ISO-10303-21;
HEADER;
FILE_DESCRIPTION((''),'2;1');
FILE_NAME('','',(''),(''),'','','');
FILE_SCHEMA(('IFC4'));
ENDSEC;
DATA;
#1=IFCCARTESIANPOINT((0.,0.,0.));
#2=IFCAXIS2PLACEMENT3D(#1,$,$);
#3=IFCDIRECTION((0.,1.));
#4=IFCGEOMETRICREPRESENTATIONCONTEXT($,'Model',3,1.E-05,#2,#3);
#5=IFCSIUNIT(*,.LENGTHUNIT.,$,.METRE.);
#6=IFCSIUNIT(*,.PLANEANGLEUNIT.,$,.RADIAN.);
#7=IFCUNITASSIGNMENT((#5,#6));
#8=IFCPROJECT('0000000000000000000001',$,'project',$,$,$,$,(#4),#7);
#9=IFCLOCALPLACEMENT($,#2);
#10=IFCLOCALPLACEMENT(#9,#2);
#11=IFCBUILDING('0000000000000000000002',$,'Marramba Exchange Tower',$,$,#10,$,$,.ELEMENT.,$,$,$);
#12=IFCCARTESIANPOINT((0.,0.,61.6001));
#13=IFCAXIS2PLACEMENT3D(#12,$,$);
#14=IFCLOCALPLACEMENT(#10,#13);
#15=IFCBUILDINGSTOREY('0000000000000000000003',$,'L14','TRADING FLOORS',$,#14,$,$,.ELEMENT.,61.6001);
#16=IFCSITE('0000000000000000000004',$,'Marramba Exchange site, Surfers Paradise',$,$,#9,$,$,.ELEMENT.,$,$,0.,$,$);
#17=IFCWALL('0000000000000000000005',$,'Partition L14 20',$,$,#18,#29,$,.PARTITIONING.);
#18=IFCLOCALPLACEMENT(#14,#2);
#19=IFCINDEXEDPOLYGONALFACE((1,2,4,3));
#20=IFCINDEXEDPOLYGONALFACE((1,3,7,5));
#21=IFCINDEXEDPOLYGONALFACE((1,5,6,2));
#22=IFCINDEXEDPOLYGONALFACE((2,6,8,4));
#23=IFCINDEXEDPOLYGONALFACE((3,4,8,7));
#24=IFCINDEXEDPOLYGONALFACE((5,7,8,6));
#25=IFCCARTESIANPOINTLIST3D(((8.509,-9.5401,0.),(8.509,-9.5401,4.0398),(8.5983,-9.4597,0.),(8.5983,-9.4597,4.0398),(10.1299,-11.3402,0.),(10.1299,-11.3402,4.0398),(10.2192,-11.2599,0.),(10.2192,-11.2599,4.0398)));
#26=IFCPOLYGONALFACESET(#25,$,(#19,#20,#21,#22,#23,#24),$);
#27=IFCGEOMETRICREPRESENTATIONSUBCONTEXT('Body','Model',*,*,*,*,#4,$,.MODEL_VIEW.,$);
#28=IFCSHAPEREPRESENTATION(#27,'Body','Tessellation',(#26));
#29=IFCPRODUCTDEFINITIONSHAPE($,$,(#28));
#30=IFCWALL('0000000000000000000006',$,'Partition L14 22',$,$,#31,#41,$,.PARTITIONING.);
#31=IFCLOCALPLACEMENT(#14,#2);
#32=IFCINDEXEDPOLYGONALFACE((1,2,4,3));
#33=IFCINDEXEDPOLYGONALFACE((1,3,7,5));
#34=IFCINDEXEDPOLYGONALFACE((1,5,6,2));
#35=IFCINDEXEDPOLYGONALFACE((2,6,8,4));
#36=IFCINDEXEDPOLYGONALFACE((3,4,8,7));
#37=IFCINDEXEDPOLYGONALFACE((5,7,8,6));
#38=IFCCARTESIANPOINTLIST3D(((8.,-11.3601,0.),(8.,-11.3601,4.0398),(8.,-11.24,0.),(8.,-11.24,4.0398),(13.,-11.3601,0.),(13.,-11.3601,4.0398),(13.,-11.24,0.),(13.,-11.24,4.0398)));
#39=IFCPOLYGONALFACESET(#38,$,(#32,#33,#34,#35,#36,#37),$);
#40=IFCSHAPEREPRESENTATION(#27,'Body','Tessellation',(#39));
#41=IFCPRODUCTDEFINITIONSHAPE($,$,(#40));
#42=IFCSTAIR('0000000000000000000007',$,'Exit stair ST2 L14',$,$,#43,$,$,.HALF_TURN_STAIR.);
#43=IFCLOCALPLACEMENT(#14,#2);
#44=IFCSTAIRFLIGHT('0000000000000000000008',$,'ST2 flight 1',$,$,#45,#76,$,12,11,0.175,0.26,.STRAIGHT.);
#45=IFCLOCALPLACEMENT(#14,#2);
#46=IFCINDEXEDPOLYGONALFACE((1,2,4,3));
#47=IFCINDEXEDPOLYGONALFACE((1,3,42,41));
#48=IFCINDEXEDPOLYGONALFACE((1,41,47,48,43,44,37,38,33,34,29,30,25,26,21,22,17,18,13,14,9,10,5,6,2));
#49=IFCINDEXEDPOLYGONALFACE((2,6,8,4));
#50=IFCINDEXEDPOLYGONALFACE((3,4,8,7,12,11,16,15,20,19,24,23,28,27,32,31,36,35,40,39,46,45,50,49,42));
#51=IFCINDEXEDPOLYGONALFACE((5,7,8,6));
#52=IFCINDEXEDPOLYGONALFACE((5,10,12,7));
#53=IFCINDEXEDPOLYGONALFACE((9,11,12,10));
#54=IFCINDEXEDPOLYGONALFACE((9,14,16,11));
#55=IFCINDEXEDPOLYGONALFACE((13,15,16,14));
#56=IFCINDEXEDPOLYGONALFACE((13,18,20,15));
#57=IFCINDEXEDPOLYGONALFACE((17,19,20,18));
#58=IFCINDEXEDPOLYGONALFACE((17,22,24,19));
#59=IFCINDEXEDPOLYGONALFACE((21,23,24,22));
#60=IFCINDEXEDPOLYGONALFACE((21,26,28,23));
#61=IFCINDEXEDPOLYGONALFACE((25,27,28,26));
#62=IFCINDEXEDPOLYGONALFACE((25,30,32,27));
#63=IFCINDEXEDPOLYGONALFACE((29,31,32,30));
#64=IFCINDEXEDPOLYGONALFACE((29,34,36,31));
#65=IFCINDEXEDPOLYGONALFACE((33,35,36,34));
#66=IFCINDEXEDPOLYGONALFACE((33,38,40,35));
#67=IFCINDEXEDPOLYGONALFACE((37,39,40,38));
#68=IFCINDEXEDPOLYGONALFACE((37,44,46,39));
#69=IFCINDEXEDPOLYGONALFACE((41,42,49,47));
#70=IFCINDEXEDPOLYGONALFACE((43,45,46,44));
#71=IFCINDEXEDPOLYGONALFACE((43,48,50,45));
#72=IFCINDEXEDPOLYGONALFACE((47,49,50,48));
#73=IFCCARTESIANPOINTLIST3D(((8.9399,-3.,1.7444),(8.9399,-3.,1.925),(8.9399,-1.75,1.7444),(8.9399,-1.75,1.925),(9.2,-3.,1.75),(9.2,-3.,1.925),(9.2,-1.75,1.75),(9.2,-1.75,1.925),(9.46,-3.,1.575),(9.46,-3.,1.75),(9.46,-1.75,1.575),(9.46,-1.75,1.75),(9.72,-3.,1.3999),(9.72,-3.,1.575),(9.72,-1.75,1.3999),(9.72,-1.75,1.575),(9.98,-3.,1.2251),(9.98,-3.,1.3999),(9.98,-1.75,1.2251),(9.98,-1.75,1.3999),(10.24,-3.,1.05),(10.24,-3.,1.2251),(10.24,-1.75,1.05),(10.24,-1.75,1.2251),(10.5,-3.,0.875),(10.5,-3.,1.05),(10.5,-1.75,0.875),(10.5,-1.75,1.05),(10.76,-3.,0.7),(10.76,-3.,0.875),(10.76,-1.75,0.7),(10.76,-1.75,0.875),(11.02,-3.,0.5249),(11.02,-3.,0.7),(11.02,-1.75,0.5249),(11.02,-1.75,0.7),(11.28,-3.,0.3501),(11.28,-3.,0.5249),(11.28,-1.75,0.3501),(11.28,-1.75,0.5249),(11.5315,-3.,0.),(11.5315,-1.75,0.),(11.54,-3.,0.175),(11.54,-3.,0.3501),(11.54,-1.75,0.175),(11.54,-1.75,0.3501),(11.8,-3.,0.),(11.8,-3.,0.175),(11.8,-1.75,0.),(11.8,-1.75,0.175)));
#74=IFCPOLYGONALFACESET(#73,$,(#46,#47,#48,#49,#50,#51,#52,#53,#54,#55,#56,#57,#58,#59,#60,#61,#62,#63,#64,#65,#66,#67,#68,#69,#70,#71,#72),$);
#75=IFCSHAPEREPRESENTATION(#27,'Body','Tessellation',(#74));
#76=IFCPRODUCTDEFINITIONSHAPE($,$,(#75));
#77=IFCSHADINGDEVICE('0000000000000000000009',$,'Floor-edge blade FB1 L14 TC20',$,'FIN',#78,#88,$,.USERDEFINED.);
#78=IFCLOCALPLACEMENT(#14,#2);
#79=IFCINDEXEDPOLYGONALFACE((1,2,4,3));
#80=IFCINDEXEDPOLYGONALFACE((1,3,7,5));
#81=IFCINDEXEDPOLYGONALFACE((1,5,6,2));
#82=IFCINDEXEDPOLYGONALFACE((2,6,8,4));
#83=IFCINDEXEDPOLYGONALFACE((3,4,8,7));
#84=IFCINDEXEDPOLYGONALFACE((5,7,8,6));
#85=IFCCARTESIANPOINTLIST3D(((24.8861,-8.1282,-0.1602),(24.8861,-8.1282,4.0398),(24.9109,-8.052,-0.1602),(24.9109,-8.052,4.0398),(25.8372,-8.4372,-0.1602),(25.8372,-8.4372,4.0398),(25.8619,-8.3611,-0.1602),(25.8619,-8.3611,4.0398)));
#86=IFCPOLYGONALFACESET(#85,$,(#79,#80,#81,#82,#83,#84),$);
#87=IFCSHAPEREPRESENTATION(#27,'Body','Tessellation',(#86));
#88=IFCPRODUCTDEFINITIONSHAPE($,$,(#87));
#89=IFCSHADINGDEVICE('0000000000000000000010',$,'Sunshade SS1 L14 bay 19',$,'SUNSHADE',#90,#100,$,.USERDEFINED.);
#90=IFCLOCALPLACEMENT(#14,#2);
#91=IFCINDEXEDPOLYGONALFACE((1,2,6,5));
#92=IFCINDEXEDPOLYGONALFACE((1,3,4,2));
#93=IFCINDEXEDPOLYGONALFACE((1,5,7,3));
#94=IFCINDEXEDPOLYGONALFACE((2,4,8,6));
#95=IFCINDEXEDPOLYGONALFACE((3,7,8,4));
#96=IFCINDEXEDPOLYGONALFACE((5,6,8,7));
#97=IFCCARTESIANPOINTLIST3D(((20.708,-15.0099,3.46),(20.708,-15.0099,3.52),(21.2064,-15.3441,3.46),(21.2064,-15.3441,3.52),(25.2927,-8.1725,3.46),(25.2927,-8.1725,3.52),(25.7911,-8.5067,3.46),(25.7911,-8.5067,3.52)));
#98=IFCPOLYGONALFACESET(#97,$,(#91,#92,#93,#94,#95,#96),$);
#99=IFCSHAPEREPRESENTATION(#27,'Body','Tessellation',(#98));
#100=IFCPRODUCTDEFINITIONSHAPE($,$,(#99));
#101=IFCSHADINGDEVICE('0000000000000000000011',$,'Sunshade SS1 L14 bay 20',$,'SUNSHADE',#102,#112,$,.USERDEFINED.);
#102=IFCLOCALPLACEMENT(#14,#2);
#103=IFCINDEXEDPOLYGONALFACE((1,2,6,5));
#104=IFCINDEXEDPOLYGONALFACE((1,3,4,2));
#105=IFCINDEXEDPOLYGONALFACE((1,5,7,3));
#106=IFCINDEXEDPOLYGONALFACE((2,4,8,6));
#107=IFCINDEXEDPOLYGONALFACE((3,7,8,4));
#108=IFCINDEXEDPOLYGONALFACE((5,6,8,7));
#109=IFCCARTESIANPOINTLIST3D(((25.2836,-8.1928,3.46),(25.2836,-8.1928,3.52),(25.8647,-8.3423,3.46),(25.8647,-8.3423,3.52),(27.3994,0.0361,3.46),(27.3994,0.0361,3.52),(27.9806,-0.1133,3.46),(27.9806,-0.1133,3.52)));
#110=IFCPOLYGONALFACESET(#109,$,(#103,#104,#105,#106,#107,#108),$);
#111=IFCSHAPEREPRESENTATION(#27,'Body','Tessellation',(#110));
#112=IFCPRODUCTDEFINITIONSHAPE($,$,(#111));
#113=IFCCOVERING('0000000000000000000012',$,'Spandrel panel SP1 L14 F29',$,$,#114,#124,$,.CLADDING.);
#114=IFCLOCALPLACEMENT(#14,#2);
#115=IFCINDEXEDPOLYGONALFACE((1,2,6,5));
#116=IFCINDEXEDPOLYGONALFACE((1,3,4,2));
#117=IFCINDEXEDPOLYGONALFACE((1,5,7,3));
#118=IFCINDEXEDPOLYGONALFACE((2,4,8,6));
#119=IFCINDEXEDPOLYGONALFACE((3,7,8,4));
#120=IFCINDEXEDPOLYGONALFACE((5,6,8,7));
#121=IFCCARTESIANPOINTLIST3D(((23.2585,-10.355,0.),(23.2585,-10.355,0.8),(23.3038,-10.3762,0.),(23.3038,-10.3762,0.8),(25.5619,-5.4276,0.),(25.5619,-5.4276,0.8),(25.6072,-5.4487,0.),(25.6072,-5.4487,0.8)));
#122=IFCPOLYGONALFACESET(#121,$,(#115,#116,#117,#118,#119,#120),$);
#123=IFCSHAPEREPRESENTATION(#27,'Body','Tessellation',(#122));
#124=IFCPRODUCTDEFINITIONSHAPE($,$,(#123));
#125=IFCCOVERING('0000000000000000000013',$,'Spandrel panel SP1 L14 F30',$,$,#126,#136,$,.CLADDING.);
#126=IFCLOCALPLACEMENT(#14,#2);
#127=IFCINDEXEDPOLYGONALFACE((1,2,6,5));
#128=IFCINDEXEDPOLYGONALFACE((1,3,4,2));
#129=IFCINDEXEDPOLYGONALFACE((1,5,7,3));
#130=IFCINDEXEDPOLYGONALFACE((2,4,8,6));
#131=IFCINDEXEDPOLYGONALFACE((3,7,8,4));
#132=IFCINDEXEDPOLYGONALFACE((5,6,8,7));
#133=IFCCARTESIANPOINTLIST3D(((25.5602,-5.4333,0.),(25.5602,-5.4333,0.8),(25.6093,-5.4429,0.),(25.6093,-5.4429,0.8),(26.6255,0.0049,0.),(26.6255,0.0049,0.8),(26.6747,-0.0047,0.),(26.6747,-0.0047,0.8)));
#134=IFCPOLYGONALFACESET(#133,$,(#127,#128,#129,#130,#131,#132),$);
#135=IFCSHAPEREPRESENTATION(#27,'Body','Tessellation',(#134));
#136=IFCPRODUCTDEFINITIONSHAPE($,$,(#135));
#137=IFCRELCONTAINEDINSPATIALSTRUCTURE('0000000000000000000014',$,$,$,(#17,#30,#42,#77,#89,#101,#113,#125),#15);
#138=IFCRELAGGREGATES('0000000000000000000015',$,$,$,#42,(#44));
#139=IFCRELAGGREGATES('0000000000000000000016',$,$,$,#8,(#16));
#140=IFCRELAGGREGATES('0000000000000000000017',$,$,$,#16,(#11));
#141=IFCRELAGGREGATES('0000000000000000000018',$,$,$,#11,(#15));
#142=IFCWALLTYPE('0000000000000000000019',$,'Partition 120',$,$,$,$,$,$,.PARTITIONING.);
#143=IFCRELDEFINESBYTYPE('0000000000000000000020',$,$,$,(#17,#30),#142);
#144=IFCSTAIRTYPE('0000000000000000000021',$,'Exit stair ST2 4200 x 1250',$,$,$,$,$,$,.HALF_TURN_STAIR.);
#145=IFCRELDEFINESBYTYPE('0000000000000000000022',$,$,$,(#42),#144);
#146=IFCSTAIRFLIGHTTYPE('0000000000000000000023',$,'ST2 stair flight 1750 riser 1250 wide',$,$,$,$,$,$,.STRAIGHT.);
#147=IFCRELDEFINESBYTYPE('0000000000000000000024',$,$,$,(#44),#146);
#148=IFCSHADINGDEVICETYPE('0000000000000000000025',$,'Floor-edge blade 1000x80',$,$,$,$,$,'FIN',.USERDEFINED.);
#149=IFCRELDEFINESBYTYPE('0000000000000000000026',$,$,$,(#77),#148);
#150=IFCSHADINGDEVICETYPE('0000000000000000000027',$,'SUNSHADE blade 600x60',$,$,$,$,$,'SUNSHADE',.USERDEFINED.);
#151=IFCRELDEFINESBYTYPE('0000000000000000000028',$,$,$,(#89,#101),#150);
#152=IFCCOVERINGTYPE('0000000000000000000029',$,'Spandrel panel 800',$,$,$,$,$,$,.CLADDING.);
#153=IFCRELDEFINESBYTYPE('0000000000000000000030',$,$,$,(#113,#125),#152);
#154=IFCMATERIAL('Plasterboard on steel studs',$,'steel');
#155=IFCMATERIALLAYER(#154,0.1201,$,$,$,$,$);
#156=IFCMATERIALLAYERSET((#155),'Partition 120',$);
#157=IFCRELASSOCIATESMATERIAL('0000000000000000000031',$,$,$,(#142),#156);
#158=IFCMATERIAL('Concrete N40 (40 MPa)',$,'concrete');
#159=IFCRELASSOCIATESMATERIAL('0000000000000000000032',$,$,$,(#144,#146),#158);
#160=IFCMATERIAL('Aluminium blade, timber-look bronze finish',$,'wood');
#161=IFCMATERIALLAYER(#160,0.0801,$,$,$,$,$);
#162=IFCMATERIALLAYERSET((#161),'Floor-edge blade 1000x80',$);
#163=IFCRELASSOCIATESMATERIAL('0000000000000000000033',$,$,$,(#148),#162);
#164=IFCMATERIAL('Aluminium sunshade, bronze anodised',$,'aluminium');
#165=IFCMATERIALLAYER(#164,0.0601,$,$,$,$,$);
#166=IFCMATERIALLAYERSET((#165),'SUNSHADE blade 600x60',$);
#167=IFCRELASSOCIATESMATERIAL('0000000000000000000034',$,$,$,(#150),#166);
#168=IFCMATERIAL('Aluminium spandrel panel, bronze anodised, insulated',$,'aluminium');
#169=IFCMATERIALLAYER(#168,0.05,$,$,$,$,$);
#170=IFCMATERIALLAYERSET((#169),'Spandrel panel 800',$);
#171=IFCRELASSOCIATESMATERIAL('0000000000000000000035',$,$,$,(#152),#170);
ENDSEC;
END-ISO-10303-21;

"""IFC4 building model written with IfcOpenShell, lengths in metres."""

from ifc_helpers import new_model, si_unit, direction, frame, frame_2d, origin, origin_2d, place, context, subcontext, project, spatial, polyline, rectangle, outline, extrude, material, layer, layer_set, type_object, element, aggregate, save


model = new_model("IFC4")

# Units and contexts
model_context = context("Model", 3, precision=1e-05, world=origin(), true_north=direction((0.0, 1.0)))
body_context = subcontext(model_context, "Body", "Model", "MODEL_VIEW")
ifc_project = project(units=[si_unit("LENGTHUNIT", "METRE"), si_unit("PLANEANGLEUNIT", "RADIAN")], contexts=[model_context])

# Site, building, storey
site_placement = place(None, origin())
site = spatial("IfcSite", under=ifc_project, at=site_placement, Name="Marramba Exchange site, Surfers Paradise", CompositionType="ELEMENT", RefElevation=0.0)
building_placement = place(site_placement, origin())
building = spatial("IfcBuilding", under=site, at=building_placement, Name="Marramba Exchange Tower", CompositionType="ELEMENT")
storey_placement = place(building_placement, frame((0.0, 0.0, 61.6001)))
storey = spatial("IfcBuildingStorey", under=building, at=storey_placement, Name="L14", Description="TRADING FLOORS", CompositionType="ELEMENT", Elevation=61.6001)

# Walls
ifc_material_1 = material(Name="Plasterboard on steel studs", Category="steel")
ifc_layer_1 = layer(ifc_material_1, 0.1201)
ifc_layer_set_1 = layer_set([ifc_layer_1], Name="Partition 120")
wall_type_1 = type_object("IfcWallType", Name="Partition 120", PredefinedType="PARTITIONING", material=ifc_layer_set_1)
wall_1_placement = place(storey_placement, frame((10.1746, -11.3, 0.0), z_axis=(0.0, 0.0, 1.0), x_axis=(-0.669148, 0.743129, 0.0)))
element("IfcWall", 1, at=wall_1_placement, inside=storey, type_object=wall_type_1, Name="Partition L14 20", PredefinedType="PARTITIONING", context=body_context, shape_type="SweptSolid", body=[
    extrude(rectangle(XDim=2.4224, YDim=0.1201, at=frame_2d((1.2112, 0.0))), origin(), (0.0, 0.0, 1.0), 4.0398),
])
wall_2_placement = place(storey_placement, frame((13.0, -11.3, 0.0), z_axis=(0.0, 0.0, 1.0), x_axis=(-1.0, 0.0, 0.0)))
element("IfcWall", 2, at=wall_2_placement, inside=storey, type_object=wall_type_1, Name="Partition L14 22", PredefinedType="PARTITIONING", context=body_context, shape_type="SweptSolid", body=[
    extrude(rectangle(XDim=5.0, YDim=0.1201, at=frame_2d((2.5, 0.0))), origin(), (0.0, 0.0, 1.0), 4.0398),
])

# Stair, stair flight
ifc_material_2 = material(Name="Concrete N40 (40 MPa)", Category="concrete")
stair_type = type_object("IfcStairType", Name="Exit stair ST2 4200 x 1250", PredefinedType="HALF_TURN_STAIR", material=ifc_material_2)
stair_placement = place(storey_placement, origin())
stair = element("IfcStair", 3, at=stair_placement, inside=storey, type_object=stair_type, Name="Exit stair ST2 L14", PredefinedType="HALF_TURN_STAIR")
stair_flight_type = type_object("IfcStairFlightType", Name="ST2 stair flight 1750 riser 1250 wide", PredefinedType="STRAIGHT", material=ifc_material_2)
stair_flight_placement = place(storey_placement, frame((11.8, -2.375, 0.0), z_axis=(0.0, 0.0, 1.0), x_axis=(-1.0, 0.0, 0.0)))
stair_flight = element("IfcStairFlight", 4, at=stair_flight_placement, type_object=stair_flight_type, Name="ST2 flight 1", NumberOfRisers=12, NumberOfTreads=11, PredefinedType="STRAIGHT", RiserHeight=0.175, TreadLength=0.26, context=body_context, shape_type="SweptSolid", body=[
    extrude(outline(polyline([(0.0, 0.0), (0.0, 0.175), (0.26, 0.175), (0.26, 0.3501), (0.52, 0.3501), (0.52, 0.5249), (0.78, 0.5249), (0.78, 0.7), (1.04, 0.7), (1.04, 0.875), (1.3, 0.875), (1.3, 1.05), (1.5601, 1.05), (1.5601, 1.2251), (1.8201, 1.2251), (1.8201, 1.3999), (2.0801, 1.3999), (2.0801, 1.575), (2.3401, 1.575), (2.3401, 1.75), (2.6001, 1.75), (2.6001, 1.925), (2.8601, 1.925), (2.8601, 2.1001), (2.8601, 1.7444), (0.2686, 0.0), (0.0, 0.0)])), frame((0.0, 0.625, 0.0), z_axis=(0.0, -1.0, 0.0), x_axis=(1.0, 0.0, 0.0)), (0.0, 0.0, 1.0), 1.25),
])
aggregate(stair, [stair_flight])

# Shading devices
ifc_material_3 = material(Name="Aluminium blade, timber-look bronze finish", Category="wood")
ifc_layer_2 = layer(ifc_material_3, 0.0801)
ifc_layer_set_2 = layer_set([ifc_layer_2], Name="Floor-edge blade 1000x80")
shading_device_type_1 = type_object("IfcShadingDeviceType", Name="Floor-edge blade 1000x80", ElementType="FIN", PredefinedType="USERDEFINED", material=ifc_layer_set_2)
shading_device_1_placement = place(storey_placement, frame((25.374, -8.2446, -0.1602), z_axis=(0.0, 0.0, 1.0), x_axis=(0.951057, -0.309017, 0.0)))
element("IfcShadingDevice", 5, at=shading_device_1_placement, inside=storey, type_object=shading_device_type_1, Name="Floor-edge blade FB1 L14 TC20", ObjectType="FIN", PredefinedType="USERDEFINED", context=body_context, shape_type="SweptSolid", body=[
    extrude(rectangle(XDim=1.0, YDim=0.0801, at=origin_2d()), origin(), (0.0, 0.0, 1.0), 4.2),
])
ifc_material_4 = material(Name="Aluminium sunshade, bronze anodised", Category="aluminium")
ifc_layer_3 = layer(ifc_material_4, 0.0601)
ifc_layer_set_3 = layer_set([ifc_layer_3], Name="SUNSHADE blade 600x60")
shading_device_type_2 = type_object("IfcShadingDeviceType", Name="SUNSHADE blade 600x60", ElementType="SUNSHADE", PredefinedType="USERDEFINED", material=ifc_layer_set_3)
shading_device_2_placement = place(storey_placement, frame((23.2495, -11.7583, 3.46), z_axis=(0.0, 0.0, 1.0), x_axis=(0.556924, 0.830563, 0.0)))
element("IfcShadingDevice", 6, at=shading_device_2_placement, inside=storey, type_object=shading_device_type_2, Name="Sunshade SS1 L14 bay 19", ObjectType="SUNSHADE", PredefinedType="USERDEFINED", context=body_context, shape_type="SweptSolid", body=[
    extrude(rectangle(XDim=8.2322, YDim=0.6001, at=origin_2d()), origin(), (0.0, 0.0, 1.0), 0.0601),
])
shading_device_3_placement = place(storey_placement, frame((26.6321, -4.1531, 3.46), z_axis=(0.0, 0.0, 1.0), x_axis=(0.249025, 0.968497, 0.0)))
element("IfcShadingDevice", 7, at=shading_device_3_placement, inside=storey, type_object=shading_device_type_2, Name="Sunshade SS1 L14 bay 20", ObjectType="SUNSHADE", PredefinedType="USERDEFINED", context=body_context, shape_type="SweptSolid", body=[
    extrude(rectangle(XDim=8.4966, YDim=0.6001, at=origin_2d()), origin(), (0.0, 0.0, 1.0), 0.0601),
])

# Coverings
ifc_material_5 = material(Name="Aluminium spandrel panel, bronze anodised, insulated", Category="aluminium")
ifc_layer_4 = layer(ifc_material_5, 0.05)
ifc_layer_set_4 = layer_set([ifc_layer_4], Name="Spandrel panel 800")
covering_type = type_object("IfcCoveringType", Name="Spandrel panel 800", PredefinedType="CLADDING", material=ifc_layer_set_4)
covering_1_placement = place(storey_placement, frame((24.4329, -7.9019, 0.0), z_axis=(0.0, 0.0, 1.0), x_axis=(0.423477, 0.905907, 0.0)))
element("IfcCovering", 8, at=covering_1_placement, inside=storey, type_object=covering_type, Name="Spandrel panel SP1 L14 F29", PredefinedType="CLADDING", context=body_context, shape_type="SweptSolid", body=[
    extrude(rectangle(XDim=5.4392, YDim=0.05, at=origin_2d()), origin(), (0.0, 0.0, 1.0), 0.8),
])
covering_2_placement = place(storey_placement, frame((26.1174, -2.719, 0.0), z_axis=(0.0, 0.0, 1.0), x_axis=(0.192249, 0.981346, 0.0)))
element("IfcCovering", 9, at=covering_2_placement, inside=storey, type_object=covering_type, Name="Spandrel panel SP1 L14 F30", PredefinedType="CLADDING", context=body_context, shape_type="SweptSolid", body=[
    extrude(rectangle(XDim=5.5415, YDim=0.05, at=origin_2d()), origin(), (0.0, 0.0, 1.0), 0.8),
])

save(model, "model.ifc")
